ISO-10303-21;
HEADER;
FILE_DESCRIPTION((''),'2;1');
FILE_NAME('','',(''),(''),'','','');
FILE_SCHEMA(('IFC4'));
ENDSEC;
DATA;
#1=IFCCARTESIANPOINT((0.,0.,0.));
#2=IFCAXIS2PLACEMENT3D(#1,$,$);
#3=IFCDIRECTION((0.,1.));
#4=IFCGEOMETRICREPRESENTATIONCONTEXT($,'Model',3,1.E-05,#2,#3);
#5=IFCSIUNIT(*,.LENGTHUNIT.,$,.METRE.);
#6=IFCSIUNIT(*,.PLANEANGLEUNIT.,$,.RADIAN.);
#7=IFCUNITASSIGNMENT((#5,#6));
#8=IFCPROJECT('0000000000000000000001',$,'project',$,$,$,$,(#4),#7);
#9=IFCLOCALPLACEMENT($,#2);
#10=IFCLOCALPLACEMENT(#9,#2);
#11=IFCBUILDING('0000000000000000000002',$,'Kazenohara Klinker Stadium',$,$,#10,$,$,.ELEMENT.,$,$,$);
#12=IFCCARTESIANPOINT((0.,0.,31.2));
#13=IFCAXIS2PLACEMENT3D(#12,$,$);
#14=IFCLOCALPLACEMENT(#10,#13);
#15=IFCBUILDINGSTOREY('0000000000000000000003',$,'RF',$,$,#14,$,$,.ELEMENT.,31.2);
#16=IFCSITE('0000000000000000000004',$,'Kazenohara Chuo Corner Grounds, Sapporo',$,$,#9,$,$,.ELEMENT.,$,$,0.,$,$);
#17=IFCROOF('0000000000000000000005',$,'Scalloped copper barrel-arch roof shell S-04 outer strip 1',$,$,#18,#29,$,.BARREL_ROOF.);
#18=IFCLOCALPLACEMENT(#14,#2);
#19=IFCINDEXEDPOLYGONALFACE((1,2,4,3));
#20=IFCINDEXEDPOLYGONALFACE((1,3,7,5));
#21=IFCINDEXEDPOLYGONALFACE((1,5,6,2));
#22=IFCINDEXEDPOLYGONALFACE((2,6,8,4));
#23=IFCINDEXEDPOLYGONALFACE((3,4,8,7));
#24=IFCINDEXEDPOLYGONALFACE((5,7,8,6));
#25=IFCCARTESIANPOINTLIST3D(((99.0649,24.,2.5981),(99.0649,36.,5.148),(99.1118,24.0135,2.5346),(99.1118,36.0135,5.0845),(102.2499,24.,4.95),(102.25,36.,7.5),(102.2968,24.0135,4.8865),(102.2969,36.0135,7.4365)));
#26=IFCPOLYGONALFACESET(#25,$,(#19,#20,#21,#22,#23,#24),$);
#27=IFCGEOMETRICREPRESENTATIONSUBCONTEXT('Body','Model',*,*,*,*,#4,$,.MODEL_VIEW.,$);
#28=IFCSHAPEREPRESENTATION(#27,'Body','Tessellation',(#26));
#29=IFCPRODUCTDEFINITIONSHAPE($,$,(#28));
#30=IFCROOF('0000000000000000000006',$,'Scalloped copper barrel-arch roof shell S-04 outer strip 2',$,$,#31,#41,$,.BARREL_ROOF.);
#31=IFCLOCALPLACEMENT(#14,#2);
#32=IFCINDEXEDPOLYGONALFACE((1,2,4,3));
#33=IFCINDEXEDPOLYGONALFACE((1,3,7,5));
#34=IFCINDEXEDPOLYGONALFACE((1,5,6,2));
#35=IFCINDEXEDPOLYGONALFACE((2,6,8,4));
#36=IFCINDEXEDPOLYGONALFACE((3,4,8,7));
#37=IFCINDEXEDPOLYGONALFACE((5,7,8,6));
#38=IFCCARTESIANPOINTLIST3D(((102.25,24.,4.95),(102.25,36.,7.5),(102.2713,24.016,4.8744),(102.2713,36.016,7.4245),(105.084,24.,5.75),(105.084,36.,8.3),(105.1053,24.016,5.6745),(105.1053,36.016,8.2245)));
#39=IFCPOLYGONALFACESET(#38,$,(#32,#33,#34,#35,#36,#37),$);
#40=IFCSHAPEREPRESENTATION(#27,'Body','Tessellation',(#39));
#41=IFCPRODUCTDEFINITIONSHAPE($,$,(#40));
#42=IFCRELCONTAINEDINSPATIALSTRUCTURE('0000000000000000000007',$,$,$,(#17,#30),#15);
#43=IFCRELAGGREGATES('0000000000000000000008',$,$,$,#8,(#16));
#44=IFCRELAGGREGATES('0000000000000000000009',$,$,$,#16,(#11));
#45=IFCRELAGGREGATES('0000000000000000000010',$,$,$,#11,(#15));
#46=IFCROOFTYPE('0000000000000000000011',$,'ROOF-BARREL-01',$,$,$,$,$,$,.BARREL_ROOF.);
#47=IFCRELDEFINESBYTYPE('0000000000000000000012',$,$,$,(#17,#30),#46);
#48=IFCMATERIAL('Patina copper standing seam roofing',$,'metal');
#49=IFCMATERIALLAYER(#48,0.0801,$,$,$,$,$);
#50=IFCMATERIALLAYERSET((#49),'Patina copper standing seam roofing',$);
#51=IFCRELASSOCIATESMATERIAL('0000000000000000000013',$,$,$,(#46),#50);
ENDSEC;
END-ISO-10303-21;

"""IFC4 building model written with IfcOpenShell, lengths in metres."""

from ifc_helpers import new_model, si_unit, direction, frame, origin, place, context, subcontext, project, spatial, polyline, outline, extrude, material, layer, layer_set, type_object, element, save


model = new_model("IFC4")

# Units and contexts
model_context = context("Model", 3, precision=1e-05, world=origin(), true_north=direction((0.0, 1.0)))
body_context = subcontext(model_context, "Body", "Model", "MODEL_VIEW")
ifc_project = project(units=[si_unit("LENGTHUNIT", "METRE"), si_unit("PLANEANGLEUNIT", "RADIAN")], contexts=[model_context])

# Site, building, storey
site_placement = place(None, origin())
site = spatial("IfcSite", under=ifc_project, at=site_placement, Name="Kazenohara Chuo Corner Grounds, Sapporo", CompositionType="ELEMENT", RefElevation=0.0)
building_placement = place(site_placement, origin())
building = spatial("IfcBuilding", under=site, at=building_placement, Name="Kazenohara Klinker Stadium", CompositionType="ELEMENT")
storey_placement = place(building_placement, frame((0.0, 0.0, 31.2)))
storey = spatial("IfcBuildingStorey", under=building, at=storey_placement, Name="RF", CompositionType="ELEMENT", Elevation=31.2)

# Roofs
ifc_material_1 = material(Name="Patina copper standing seam roofing", Category="metal")
ifc_layer_1 = layer(ifc_material_1, 0.0801)
ifc_layer_set_1 = layer_set([ifc_layer_1], Name="Patina copper standing seam roofing")
roof_type = type_object("IfcRoofType", Name="ROOF-BARREL-01", PredefinedType="BARREL_ROOF", material=ifc_layer_set_1)
roof_1_placement = place(storey_placement, frame((99.0649, 24.0, 2.5981), z_axis=(-0.585531, -0.168496, 0.792945), x_axis=(-0.000005, 0.978161, 0.20785)))
element("IfcRoof", 1, at=roof_1_placement, inside=storey, type_object=roof_type, Name="Scalloped copper barrel-arch roof shell S-04 outer strip 1", PredefinedType="BARREL_ROOF", context=body_context, shape_type="SweptSolid", body=[
    extrude(outline(polyline([(0.0, 0.0), (12.2679, 0.0), (12.7568, -3.9291), (0.4888, -3.929), (0.0, 0.0)])), origin(), (0.0, 0.0, -1.0), 0.0801),
])
roof_2_placement = place(storey_placement, frame((102.25, 24.0, 4.95), z_axis=(-0.266177, -0.200364, 0.94287), x_axis=(0.0, 0.978158, 0.207863)))
element("IfcRoof", 2, at=roof_2_placement, inside=storey, type_object=roof_type, Name="Scalloped copper barrel-arch roof shell S-04 outer strip 2", PredefinedType="BARREL_ROOF", context=body_context, shape_type="SweptSolid", body=[
    extrude(outline(polyline([(0.0, 0.0), (12.268, 0.0), (12.4343, -2.94), (0.1663, -2.94), (0.0, 0.0)])), origin(), (0.0, 0.0, -1.0), 0.0801),
])

save(model, "model.ifc")
